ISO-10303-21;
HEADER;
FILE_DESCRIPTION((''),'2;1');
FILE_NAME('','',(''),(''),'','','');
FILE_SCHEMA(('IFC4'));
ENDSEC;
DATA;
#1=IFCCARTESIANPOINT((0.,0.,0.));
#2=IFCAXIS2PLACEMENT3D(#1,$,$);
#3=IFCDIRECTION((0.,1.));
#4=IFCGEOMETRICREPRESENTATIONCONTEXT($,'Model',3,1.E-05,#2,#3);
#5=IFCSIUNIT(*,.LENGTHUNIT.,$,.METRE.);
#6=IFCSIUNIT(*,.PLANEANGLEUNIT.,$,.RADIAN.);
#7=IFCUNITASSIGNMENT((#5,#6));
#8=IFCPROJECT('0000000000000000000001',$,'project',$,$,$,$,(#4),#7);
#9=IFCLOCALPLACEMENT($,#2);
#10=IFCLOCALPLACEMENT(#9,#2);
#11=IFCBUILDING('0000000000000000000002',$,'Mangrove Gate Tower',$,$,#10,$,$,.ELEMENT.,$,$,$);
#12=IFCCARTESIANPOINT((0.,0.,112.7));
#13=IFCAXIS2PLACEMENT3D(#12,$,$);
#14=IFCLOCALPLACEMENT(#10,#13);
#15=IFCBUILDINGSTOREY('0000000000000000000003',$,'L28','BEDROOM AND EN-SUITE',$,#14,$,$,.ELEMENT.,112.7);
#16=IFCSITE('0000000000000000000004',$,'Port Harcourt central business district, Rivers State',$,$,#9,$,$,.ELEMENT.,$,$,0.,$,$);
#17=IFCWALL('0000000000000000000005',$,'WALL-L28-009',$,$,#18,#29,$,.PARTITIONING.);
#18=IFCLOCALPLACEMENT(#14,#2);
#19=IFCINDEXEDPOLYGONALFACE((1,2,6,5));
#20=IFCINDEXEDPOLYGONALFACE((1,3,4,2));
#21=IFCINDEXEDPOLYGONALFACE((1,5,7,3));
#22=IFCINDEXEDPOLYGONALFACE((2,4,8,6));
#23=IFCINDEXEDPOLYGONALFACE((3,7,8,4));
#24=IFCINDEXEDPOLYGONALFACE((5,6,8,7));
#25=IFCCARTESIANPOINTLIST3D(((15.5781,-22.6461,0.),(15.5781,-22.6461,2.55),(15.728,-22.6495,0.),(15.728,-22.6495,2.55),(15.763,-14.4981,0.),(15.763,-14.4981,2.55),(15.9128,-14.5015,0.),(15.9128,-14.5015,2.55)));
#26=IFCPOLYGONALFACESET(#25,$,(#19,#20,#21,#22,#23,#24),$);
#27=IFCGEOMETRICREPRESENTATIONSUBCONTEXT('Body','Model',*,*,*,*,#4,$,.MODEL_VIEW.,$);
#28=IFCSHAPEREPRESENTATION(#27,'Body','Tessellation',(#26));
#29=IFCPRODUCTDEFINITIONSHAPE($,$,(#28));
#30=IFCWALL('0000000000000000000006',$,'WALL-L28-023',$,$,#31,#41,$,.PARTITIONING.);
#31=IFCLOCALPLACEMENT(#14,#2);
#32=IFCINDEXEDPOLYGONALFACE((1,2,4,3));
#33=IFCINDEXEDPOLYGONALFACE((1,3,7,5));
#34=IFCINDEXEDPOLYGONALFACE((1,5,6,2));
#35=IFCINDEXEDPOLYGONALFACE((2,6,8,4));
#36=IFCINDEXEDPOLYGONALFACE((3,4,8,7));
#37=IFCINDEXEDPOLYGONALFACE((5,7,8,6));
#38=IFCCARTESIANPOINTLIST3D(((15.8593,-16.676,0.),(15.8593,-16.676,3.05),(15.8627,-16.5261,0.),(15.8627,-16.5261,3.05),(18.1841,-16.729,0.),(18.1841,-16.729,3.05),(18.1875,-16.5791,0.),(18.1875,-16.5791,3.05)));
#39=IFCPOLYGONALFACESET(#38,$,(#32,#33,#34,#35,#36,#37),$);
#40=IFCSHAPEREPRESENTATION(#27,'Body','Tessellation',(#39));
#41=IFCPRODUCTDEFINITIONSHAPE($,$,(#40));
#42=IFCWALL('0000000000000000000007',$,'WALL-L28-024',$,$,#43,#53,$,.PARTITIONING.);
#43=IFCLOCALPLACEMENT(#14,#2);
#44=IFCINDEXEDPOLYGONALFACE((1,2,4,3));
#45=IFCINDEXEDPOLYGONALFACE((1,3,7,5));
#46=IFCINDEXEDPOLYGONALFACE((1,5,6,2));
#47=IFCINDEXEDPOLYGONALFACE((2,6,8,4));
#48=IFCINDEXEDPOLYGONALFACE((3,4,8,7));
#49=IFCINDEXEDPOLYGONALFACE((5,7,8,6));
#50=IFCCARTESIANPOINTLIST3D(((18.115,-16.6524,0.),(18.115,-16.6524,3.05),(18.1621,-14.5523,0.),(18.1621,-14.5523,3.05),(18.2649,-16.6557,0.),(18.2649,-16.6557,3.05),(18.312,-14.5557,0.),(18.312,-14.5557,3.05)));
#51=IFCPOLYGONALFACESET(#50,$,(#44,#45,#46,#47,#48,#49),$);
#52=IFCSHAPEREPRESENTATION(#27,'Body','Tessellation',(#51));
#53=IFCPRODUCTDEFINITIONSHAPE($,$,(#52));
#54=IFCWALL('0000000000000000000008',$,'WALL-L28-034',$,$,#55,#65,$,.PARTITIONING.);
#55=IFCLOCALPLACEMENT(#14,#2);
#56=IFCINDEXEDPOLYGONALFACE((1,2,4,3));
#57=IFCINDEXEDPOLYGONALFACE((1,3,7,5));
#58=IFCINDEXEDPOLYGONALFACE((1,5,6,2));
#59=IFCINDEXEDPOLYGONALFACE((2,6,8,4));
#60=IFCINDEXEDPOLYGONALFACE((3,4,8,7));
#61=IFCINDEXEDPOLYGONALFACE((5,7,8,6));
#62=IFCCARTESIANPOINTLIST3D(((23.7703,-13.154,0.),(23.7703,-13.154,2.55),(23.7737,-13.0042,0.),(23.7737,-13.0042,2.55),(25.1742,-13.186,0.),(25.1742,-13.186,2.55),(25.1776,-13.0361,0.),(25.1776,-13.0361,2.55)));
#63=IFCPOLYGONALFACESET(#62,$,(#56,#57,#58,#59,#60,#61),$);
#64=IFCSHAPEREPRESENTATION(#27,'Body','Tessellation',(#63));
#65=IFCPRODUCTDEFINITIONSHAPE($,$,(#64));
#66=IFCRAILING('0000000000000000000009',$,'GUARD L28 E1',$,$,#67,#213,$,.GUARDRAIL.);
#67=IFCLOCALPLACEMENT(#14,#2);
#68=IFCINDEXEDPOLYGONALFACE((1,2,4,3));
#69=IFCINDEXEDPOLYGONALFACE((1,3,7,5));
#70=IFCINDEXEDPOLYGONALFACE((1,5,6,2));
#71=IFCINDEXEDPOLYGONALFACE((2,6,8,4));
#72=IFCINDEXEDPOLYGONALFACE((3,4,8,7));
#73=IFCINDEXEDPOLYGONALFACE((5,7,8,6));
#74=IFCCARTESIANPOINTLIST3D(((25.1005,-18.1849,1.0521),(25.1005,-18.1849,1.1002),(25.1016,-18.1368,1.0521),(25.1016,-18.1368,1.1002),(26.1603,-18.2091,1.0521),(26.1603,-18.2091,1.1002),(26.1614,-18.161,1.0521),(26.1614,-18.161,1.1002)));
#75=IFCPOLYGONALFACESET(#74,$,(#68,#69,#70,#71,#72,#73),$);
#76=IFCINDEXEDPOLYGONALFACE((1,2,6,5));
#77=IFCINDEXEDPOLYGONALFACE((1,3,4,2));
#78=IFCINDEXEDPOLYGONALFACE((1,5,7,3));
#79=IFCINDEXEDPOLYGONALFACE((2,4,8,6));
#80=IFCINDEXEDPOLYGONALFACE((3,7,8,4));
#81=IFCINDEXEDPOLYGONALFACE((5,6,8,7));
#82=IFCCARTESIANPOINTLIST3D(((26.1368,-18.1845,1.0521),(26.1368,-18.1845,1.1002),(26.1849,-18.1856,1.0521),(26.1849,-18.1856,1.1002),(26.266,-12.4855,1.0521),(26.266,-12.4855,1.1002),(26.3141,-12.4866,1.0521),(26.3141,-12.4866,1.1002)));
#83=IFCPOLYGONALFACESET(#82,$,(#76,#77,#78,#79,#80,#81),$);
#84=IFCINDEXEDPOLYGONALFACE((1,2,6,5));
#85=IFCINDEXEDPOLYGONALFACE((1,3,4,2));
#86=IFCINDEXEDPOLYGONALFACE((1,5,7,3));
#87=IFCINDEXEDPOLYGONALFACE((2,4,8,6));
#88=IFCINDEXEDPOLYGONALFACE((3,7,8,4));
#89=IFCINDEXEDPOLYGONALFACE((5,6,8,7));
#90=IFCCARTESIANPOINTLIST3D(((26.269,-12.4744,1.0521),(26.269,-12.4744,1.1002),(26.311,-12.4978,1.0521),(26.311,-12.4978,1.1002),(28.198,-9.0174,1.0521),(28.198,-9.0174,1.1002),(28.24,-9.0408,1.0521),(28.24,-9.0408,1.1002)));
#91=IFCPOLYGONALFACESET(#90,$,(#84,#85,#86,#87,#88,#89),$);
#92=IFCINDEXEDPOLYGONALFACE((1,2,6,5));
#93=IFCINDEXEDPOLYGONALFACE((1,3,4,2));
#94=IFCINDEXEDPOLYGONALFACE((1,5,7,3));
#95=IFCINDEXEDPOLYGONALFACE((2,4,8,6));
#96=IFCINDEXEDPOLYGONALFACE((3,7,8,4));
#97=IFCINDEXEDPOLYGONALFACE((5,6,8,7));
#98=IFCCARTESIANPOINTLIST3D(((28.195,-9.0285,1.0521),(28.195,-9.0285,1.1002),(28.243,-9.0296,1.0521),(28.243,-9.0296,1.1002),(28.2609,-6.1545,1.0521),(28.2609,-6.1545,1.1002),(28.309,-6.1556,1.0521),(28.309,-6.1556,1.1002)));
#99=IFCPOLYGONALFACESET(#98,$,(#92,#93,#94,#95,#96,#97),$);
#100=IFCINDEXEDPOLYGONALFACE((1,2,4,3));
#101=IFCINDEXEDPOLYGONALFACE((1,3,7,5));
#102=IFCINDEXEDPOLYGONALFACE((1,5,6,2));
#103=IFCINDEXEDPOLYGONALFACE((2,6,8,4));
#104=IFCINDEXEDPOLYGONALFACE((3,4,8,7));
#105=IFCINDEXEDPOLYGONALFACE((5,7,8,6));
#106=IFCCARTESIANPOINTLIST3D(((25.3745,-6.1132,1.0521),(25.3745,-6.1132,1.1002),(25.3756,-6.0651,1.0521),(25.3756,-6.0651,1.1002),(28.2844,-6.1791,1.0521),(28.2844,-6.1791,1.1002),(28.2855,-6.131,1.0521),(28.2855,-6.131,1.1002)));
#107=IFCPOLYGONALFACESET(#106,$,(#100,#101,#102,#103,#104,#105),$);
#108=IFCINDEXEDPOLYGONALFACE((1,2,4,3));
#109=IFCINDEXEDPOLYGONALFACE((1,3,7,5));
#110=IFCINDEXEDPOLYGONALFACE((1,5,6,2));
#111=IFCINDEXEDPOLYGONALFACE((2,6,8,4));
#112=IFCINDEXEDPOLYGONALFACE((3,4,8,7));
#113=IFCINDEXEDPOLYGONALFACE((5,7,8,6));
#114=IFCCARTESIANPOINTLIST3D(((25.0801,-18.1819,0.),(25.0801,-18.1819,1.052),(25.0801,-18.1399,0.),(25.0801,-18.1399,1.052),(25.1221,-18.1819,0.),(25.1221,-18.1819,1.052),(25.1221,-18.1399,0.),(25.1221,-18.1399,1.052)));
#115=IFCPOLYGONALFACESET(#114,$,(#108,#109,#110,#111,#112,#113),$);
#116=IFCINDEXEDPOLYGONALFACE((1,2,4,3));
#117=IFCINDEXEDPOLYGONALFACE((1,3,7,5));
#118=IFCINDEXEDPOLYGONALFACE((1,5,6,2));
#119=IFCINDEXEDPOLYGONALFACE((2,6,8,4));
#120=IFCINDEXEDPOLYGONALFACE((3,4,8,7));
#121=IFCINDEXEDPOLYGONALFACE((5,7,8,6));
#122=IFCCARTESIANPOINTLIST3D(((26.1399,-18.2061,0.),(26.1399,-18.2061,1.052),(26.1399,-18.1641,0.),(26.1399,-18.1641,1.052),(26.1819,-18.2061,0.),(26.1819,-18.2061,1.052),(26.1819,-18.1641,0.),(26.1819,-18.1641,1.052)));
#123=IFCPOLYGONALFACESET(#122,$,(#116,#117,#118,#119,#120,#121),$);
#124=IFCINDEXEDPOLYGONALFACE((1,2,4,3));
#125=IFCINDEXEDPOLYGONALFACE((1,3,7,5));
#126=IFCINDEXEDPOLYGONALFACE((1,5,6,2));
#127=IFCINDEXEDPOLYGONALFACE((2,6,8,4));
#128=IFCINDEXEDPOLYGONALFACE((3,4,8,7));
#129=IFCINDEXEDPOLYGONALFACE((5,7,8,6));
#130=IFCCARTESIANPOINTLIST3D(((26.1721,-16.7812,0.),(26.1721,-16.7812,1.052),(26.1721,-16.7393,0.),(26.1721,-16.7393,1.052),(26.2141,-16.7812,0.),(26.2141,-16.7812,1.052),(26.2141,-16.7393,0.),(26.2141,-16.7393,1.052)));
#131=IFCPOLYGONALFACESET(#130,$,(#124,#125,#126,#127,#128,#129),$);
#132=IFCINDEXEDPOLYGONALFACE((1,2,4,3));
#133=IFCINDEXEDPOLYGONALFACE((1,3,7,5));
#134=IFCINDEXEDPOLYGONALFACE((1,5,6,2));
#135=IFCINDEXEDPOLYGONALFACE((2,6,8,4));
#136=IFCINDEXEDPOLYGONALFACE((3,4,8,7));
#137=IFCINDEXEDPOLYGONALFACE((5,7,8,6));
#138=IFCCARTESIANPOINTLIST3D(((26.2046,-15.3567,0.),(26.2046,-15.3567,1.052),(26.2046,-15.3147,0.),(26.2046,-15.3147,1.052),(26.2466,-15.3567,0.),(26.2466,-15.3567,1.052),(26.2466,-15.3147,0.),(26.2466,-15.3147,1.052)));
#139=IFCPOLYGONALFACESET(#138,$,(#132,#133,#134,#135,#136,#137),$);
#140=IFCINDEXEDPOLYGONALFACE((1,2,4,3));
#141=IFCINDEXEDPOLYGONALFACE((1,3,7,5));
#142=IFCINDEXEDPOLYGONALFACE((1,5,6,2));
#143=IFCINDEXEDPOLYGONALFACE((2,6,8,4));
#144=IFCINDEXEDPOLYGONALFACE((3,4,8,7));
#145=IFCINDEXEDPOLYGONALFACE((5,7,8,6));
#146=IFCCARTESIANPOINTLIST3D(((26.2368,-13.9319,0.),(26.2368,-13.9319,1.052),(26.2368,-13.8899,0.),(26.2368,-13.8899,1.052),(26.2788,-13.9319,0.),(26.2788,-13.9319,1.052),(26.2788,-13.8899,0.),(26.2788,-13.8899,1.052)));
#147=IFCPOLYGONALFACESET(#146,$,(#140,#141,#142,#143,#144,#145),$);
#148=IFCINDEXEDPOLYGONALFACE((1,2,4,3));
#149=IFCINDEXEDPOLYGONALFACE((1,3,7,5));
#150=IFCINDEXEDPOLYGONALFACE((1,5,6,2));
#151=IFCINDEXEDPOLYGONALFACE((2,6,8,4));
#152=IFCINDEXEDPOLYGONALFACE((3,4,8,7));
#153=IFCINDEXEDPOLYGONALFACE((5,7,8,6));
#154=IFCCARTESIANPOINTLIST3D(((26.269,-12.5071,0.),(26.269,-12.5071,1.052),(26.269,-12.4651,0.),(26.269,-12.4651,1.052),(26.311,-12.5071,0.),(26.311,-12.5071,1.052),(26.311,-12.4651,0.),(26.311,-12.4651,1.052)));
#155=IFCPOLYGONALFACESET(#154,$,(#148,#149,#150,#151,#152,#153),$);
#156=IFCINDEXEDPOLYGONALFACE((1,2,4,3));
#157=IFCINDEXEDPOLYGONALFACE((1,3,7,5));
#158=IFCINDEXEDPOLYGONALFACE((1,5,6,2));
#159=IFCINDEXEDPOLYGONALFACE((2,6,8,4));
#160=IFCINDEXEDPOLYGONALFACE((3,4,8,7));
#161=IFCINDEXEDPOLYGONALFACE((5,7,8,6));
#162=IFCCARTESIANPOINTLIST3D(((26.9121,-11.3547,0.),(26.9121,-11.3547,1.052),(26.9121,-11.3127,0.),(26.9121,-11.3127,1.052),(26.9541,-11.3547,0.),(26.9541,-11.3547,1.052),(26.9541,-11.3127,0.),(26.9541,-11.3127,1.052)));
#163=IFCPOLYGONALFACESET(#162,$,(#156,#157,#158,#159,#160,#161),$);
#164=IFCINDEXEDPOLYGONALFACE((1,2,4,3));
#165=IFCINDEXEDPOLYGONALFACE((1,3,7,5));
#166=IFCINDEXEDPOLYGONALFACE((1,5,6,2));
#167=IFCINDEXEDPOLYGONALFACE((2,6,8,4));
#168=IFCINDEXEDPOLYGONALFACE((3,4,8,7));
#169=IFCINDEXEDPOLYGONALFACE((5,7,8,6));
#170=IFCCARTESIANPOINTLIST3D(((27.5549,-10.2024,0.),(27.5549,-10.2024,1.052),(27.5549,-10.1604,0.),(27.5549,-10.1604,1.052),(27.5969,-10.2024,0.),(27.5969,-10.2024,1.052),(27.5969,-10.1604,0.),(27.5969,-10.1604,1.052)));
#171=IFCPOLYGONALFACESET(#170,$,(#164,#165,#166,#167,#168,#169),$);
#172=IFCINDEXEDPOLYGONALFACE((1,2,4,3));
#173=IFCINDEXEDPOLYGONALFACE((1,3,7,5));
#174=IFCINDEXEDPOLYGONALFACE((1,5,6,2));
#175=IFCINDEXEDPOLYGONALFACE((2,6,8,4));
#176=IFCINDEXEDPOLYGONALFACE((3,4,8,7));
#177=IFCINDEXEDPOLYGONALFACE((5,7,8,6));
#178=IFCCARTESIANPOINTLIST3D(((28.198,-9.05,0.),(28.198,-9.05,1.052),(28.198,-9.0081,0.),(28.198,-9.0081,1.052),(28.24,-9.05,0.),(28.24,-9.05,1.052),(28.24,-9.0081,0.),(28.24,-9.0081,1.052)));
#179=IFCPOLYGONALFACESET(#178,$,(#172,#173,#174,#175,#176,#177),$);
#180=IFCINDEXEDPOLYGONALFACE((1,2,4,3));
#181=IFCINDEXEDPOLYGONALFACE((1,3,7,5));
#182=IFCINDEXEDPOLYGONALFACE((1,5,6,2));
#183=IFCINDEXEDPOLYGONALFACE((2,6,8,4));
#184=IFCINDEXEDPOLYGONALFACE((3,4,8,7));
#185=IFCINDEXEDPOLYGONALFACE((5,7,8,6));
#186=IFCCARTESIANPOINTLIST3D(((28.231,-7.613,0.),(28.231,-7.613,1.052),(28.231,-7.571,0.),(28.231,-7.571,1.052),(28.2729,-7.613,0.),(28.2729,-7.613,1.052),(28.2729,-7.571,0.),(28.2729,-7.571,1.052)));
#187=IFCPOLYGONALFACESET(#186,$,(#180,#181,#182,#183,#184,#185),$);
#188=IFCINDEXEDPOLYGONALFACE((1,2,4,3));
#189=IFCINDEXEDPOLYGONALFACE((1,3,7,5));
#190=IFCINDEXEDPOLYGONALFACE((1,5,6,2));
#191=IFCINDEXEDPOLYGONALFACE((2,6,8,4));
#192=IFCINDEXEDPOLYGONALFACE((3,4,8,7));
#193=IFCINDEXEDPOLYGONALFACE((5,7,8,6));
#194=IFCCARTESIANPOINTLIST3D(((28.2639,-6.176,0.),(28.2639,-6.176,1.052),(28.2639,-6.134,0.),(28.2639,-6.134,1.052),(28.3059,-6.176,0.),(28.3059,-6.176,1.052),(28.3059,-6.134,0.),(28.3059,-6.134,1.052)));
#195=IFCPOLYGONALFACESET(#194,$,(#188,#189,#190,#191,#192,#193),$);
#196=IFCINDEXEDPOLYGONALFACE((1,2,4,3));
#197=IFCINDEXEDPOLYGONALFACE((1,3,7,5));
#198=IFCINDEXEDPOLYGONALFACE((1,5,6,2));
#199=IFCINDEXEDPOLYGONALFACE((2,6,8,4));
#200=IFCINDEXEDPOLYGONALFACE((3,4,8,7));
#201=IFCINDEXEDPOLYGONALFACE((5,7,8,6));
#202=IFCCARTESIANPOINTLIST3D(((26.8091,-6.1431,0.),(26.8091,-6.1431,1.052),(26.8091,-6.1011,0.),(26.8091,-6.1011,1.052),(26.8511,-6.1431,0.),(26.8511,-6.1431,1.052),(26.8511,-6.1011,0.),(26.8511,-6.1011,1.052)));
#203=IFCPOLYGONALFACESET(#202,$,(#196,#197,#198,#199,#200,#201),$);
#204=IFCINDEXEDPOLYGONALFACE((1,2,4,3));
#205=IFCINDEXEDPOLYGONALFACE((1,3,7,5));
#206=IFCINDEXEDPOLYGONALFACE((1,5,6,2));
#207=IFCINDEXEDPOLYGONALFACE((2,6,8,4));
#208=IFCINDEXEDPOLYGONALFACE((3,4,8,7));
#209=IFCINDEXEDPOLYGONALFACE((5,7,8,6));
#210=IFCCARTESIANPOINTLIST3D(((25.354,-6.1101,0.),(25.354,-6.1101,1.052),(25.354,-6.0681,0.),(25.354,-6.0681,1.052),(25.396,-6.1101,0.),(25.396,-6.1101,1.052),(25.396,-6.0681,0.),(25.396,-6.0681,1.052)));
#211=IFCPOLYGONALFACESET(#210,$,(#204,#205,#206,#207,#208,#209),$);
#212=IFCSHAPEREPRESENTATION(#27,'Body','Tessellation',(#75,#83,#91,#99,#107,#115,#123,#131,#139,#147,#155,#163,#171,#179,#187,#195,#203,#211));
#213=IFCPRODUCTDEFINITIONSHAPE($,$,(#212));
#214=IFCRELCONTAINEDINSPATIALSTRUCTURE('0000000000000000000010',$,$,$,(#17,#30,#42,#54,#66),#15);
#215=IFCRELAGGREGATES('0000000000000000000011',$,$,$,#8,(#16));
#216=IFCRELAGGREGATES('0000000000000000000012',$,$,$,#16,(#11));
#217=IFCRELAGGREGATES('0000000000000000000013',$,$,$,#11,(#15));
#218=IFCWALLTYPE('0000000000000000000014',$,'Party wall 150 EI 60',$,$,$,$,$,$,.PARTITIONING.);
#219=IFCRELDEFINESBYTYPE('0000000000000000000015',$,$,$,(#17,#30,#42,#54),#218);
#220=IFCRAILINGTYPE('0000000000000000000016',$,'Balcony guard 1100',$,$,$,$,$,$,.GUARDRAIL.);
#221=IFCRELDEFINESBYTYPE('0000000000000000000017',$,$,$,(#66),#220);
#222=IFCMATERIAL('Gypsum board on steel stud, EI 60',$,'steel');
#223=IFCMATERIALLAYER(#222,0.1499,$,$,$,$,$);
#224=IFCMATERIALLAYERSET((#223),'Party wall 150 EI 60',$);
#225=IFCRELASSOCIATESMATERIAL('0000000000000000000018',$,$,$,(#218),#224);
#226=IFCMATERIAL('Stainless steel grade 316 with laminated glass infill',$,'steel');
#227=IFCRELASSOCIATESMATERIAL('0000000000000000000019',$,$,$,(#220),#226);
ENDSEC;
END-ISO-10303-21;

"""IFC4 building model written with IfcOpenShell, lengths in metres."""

from ifc_helpers import new_model, si_unit, direction, frame, frame_2d, origin, origin_2d, place, context, subcontext, project, spatial, rectangle, extrude, material, layer, layer_set, type_object, element, save


model = new_model("IFC4")

# Units and contexts
model_context = context("Model", 3, precision=1e-05, world=origin(), true_north=direction((0.0, 1.0)))
body_context = subcontext(model_context, "Body", "Model", "MODEL_VIEW")
ifc_project = project(units=[si_unit("LENGTHUNIT", "METRE"), si_unit("PLANEANGLEUNIT", "RADIAN")], contexts=[model_context])

# Site, building, storey
site_placement = place(None, origin())
site = spatial("IfcSite", under=ifc_project, at=site_placement, Name="Port Harcourt central business district, Rivers State", CompositionType="ELEMENT", RefElevation=0.0)
building_placement = place(site_placement, origin())
building = spatial("IfcBuilding", under=site, at=building_placement, Name="Mangrove Gate Tower", CompositionType="ELEMENT")
storey_placement = place(building_placement, frame((0.0, 0.0, 112.7)))
storey = spatial("IfcBuildingStorey", under=building, at=storey_placement, Name="L28", Description="BEDROOM AND EN-SUITE", CompositionType="ELEMENT", Elevation=112.7)

# Walls
ifc_material_1 = material(Name="Gypsum board on steel stud, EI 60", Category="steel")
ifc_layer_1 = layer(ifc_material_1, 0.1499)
ifc_layer_set_1 = layer_set([ifc_layer_1], Name="Party wall 150 EI 60")
wall_type_1 = type_object("IfcWallType", Name="Party wall 150 EI 60", PredefinedType="PARTITIONING", material=ifc_layer_set_1)
wall_1_placement = place(storey_placement, frame((15.6531, -22.6479, 0.0), z_axis=(0.0, 0.0, 1.0), x_axis=(0.022676, 0.999743, 0.0)))
element("IfcWall", 1, at=wall_1_placement, inside=storey, type_object=wall_type_1, Name="WALL-L28-009", PredefinedType="PARTITIONING", context=body_context, shape_type="SweptSolid", body=[
    extrude(rectangle(XDim=8.1501, YDim=0.1499, at=frame_2d((4.0752, 0.0))), origin(), (0.0, 0.0, 1.0), 2.55),
])
wall_2_placement = place(storey_placement, frame((15.8611, -16.6011, 0.0), z_axis=(0.0, 0.0, 1.0), x_axis=(0.99974, -0.022781, 0.0)))
element("IfcWall", 2, at=wall_2_placement, inside=storey, type_object=wall_type_1, Name="WALL-L28-023", PredefinedType="PARTITIONING", context=body_context, shape_type="SweptSolid", body=[
    extrude(rectangle(XDim=2.3254, YDim=0.1499, at=frame_2d((1.1626, 0.0))), origin(), (0.0, 0.0, 1.0), 3.05),
])
wall_3_placement = place(storey_placement, frame((18.1899, -16.6541, 0.0), z_axis=(0.0, 0.0, 1.0), x_axis=(0.022431, 0.999748, 0.0)))
element("IfcWall", 3, at=wall_3_placement, inside=storey, type_object=wall_type_1, Name="WALL-L28-024", PredefinedType="PARTITIONING", context=body_context, shape_type="SweptSolid", body=[
    extrude(rectangle(XDim=2.1006, YDim=0.1499, at=frame_2d((1.0503, 0.0))), origin(), (0.0, 0.0, 1.0), 3.05),
])
wall_4_placement = place(storey_placement, frame((23.772, -13.0791, 0.0), z_axis=(0.0, 0.0, 1.0), x_axis=(0.999741, -0.022773, 0.0)))
element("IfcWall", 4, at=wall_4_placement, inside=storey, type_object=wall_type_1, Name="WALL-L28-034", PredefinedType="PARTITIONING", context=body_context, shape_type="SweptSolid", body=[
    extrude(rectangle(XDim=1.4043, YDim=0.1499, at=frame_2d((0.7021, 0.0))), origin(), (0.0, 0.0, 1.0), 2.55),
])

# Railing
ifc_material_2 = material(Name="Stainless steel grade 316 with laminated glass infill", Category="steel")
railing_type = type_object("IfcRailingType", Name="Balcony guard 1100", PredefinedType="GUARDRAIL", material=ifc_material_2)
railing_placement = place(storey_placement, frame((25.1011, -18.1609, 0.0)))
element("IfcRailing", 5, at=railing_placement, inside=storey, type_object=railing_type, Name="GUARD L28 E1", PredefinedType="GUARDRAIL", context=body_context, shape_type="SweptSolid", body=[
    extrude(rectangle(XDim=0.0481, YDim=0.0481, at=origin_2d()), frame((0.0, 0.0, 1.0762), z_axis=(0.99974, -0.0228, 0.0), x_axis=(0.0228, 0.99974, 0.0)), (0.0, 0.0, 1.0), 1.0601),
    extrude(rectangle(XDim=0.0481, YDim=0.0481, at=origin_2d()), frame((1.0598, -0.0242, 1.0762), z_axis=(0.022656, 0.999743, 0.0), x_axis=(-0.999743, 0.022656, 0.0)), (0.0, 0.0, 1.0), 5.7004),
    extrude(rectangle(XDim=0.0481, YDim=0.0481, at=origin_2d()), frame((1.189, 5.6748, 1.0762), z_axis=(0.48726, 0.873257, 0.0), x_axis=(-0.873257, 0.48726, 0.0)), (0.0, 0.0, 1.0), 3.9587),
    extrude(rectangle(XDim=0.0481, YDim=0.0481, at=origin_2d()), frame((3.1179, 9.1318, 1.0762), z_axis=(0.02293, 0.999737, 0.0), x_axis=(-0.999737, 0.02293, 0.0)), (0.0, 0.0, 1.0), 2.8748),
    extrude(rectangle(XDim=0.0481, YDim=0.0481, at=origin_2d()), frame((3.1838, 12.0059, 1.0762), z_axis=(-0.999744, 0.022647, 0.0), x_axis=(-0.022647, -0.999744, 0.0)), (0.0, 0.0, 1.0), 2.9106),
    extrude(rectangle(XDim=0.042, YDim=0.042, at=origin_2d()), origin(), (0.0, 0.0, 1.0), 1.052),
    extrude(rectangle(XDim=0.042, YDim=0.042, at=origin_2d()), frame((1.0598, -0.0242, 0.0)), (0.0, 0.0, 1.0), 1.052),
    extrude(rectangle(XDim=0.042, YDim=0.042, at=origin_2d()), frame((1.092, 1.4006, 0.0)), (0.0, 0.0, 1.0), 1.052),
    extrude(rectangle(XDim=0.042, YDim=0.042, at=origin_2d()), frame((1.1245, 2.8252, 0.0)), (0.0, 0.0, 1.0), 1.052),
    extrude(rectangle(XDim=0.042, YDim=0.042, at=origin_2d()), frame((1.1567, 4.25, 0.0)), (0.0, 0.0, 1.0), 1.052),
    extrude(rectangle(XDim=0.042, YDim=0.042, at=origin_2d()), frame((1.189, 5.6748, 0.0)), (0.0, 0.0, 1.0), 1.052),
    extrude(rectangle(XDim=0.042, YDim=0.042, at=origin_2d()), frame((1.832, 6.8271, 0.0)), (0.0, 0.0, 1.0), 1.052),
    extrude(rectangle(XDim=0.042, YDim=0.042, at=origin_2d()), frame((2.4749, 7.9795, 0.0)), (0.0, 0.0, 1.0), 1.052),
    extrude(rectangle(XDim=0.042, YDim=0.042, at=origin_2d()), frame((3.1179, 9.1318, 0.0)), (0.0, 0.0, 1.0), 1.052),
    extrude(rectangle(XDim=0.042, YDim=0.042, at=origin_2d()), frame((3.1509, 10.5688, 0.0)), (0.0, 0.0, 1.0), 1.052),
    extrude(rectangle(XDim=0.042, YDim=0.042, at=origin_2d()), frame((3.1838, 12.0059, 0.0)), (0.0, 0.0, 1.0), 1.052),
    extrude(rectangle(XDim=0.042, YDim=0.042, at=origin_2d()), frame((1.729, 12.0388, 0.0)), (0.0, 0.0, 1.0), 1.052),
    extrude(rectangle(XDim=0.042, YDim=0.042, at=origin_2d()), frame((0.2739, 12.0718, 0.0)), (0.0, 0.0, 1.0), 1.052),
])

save(model, "model.ifc")
